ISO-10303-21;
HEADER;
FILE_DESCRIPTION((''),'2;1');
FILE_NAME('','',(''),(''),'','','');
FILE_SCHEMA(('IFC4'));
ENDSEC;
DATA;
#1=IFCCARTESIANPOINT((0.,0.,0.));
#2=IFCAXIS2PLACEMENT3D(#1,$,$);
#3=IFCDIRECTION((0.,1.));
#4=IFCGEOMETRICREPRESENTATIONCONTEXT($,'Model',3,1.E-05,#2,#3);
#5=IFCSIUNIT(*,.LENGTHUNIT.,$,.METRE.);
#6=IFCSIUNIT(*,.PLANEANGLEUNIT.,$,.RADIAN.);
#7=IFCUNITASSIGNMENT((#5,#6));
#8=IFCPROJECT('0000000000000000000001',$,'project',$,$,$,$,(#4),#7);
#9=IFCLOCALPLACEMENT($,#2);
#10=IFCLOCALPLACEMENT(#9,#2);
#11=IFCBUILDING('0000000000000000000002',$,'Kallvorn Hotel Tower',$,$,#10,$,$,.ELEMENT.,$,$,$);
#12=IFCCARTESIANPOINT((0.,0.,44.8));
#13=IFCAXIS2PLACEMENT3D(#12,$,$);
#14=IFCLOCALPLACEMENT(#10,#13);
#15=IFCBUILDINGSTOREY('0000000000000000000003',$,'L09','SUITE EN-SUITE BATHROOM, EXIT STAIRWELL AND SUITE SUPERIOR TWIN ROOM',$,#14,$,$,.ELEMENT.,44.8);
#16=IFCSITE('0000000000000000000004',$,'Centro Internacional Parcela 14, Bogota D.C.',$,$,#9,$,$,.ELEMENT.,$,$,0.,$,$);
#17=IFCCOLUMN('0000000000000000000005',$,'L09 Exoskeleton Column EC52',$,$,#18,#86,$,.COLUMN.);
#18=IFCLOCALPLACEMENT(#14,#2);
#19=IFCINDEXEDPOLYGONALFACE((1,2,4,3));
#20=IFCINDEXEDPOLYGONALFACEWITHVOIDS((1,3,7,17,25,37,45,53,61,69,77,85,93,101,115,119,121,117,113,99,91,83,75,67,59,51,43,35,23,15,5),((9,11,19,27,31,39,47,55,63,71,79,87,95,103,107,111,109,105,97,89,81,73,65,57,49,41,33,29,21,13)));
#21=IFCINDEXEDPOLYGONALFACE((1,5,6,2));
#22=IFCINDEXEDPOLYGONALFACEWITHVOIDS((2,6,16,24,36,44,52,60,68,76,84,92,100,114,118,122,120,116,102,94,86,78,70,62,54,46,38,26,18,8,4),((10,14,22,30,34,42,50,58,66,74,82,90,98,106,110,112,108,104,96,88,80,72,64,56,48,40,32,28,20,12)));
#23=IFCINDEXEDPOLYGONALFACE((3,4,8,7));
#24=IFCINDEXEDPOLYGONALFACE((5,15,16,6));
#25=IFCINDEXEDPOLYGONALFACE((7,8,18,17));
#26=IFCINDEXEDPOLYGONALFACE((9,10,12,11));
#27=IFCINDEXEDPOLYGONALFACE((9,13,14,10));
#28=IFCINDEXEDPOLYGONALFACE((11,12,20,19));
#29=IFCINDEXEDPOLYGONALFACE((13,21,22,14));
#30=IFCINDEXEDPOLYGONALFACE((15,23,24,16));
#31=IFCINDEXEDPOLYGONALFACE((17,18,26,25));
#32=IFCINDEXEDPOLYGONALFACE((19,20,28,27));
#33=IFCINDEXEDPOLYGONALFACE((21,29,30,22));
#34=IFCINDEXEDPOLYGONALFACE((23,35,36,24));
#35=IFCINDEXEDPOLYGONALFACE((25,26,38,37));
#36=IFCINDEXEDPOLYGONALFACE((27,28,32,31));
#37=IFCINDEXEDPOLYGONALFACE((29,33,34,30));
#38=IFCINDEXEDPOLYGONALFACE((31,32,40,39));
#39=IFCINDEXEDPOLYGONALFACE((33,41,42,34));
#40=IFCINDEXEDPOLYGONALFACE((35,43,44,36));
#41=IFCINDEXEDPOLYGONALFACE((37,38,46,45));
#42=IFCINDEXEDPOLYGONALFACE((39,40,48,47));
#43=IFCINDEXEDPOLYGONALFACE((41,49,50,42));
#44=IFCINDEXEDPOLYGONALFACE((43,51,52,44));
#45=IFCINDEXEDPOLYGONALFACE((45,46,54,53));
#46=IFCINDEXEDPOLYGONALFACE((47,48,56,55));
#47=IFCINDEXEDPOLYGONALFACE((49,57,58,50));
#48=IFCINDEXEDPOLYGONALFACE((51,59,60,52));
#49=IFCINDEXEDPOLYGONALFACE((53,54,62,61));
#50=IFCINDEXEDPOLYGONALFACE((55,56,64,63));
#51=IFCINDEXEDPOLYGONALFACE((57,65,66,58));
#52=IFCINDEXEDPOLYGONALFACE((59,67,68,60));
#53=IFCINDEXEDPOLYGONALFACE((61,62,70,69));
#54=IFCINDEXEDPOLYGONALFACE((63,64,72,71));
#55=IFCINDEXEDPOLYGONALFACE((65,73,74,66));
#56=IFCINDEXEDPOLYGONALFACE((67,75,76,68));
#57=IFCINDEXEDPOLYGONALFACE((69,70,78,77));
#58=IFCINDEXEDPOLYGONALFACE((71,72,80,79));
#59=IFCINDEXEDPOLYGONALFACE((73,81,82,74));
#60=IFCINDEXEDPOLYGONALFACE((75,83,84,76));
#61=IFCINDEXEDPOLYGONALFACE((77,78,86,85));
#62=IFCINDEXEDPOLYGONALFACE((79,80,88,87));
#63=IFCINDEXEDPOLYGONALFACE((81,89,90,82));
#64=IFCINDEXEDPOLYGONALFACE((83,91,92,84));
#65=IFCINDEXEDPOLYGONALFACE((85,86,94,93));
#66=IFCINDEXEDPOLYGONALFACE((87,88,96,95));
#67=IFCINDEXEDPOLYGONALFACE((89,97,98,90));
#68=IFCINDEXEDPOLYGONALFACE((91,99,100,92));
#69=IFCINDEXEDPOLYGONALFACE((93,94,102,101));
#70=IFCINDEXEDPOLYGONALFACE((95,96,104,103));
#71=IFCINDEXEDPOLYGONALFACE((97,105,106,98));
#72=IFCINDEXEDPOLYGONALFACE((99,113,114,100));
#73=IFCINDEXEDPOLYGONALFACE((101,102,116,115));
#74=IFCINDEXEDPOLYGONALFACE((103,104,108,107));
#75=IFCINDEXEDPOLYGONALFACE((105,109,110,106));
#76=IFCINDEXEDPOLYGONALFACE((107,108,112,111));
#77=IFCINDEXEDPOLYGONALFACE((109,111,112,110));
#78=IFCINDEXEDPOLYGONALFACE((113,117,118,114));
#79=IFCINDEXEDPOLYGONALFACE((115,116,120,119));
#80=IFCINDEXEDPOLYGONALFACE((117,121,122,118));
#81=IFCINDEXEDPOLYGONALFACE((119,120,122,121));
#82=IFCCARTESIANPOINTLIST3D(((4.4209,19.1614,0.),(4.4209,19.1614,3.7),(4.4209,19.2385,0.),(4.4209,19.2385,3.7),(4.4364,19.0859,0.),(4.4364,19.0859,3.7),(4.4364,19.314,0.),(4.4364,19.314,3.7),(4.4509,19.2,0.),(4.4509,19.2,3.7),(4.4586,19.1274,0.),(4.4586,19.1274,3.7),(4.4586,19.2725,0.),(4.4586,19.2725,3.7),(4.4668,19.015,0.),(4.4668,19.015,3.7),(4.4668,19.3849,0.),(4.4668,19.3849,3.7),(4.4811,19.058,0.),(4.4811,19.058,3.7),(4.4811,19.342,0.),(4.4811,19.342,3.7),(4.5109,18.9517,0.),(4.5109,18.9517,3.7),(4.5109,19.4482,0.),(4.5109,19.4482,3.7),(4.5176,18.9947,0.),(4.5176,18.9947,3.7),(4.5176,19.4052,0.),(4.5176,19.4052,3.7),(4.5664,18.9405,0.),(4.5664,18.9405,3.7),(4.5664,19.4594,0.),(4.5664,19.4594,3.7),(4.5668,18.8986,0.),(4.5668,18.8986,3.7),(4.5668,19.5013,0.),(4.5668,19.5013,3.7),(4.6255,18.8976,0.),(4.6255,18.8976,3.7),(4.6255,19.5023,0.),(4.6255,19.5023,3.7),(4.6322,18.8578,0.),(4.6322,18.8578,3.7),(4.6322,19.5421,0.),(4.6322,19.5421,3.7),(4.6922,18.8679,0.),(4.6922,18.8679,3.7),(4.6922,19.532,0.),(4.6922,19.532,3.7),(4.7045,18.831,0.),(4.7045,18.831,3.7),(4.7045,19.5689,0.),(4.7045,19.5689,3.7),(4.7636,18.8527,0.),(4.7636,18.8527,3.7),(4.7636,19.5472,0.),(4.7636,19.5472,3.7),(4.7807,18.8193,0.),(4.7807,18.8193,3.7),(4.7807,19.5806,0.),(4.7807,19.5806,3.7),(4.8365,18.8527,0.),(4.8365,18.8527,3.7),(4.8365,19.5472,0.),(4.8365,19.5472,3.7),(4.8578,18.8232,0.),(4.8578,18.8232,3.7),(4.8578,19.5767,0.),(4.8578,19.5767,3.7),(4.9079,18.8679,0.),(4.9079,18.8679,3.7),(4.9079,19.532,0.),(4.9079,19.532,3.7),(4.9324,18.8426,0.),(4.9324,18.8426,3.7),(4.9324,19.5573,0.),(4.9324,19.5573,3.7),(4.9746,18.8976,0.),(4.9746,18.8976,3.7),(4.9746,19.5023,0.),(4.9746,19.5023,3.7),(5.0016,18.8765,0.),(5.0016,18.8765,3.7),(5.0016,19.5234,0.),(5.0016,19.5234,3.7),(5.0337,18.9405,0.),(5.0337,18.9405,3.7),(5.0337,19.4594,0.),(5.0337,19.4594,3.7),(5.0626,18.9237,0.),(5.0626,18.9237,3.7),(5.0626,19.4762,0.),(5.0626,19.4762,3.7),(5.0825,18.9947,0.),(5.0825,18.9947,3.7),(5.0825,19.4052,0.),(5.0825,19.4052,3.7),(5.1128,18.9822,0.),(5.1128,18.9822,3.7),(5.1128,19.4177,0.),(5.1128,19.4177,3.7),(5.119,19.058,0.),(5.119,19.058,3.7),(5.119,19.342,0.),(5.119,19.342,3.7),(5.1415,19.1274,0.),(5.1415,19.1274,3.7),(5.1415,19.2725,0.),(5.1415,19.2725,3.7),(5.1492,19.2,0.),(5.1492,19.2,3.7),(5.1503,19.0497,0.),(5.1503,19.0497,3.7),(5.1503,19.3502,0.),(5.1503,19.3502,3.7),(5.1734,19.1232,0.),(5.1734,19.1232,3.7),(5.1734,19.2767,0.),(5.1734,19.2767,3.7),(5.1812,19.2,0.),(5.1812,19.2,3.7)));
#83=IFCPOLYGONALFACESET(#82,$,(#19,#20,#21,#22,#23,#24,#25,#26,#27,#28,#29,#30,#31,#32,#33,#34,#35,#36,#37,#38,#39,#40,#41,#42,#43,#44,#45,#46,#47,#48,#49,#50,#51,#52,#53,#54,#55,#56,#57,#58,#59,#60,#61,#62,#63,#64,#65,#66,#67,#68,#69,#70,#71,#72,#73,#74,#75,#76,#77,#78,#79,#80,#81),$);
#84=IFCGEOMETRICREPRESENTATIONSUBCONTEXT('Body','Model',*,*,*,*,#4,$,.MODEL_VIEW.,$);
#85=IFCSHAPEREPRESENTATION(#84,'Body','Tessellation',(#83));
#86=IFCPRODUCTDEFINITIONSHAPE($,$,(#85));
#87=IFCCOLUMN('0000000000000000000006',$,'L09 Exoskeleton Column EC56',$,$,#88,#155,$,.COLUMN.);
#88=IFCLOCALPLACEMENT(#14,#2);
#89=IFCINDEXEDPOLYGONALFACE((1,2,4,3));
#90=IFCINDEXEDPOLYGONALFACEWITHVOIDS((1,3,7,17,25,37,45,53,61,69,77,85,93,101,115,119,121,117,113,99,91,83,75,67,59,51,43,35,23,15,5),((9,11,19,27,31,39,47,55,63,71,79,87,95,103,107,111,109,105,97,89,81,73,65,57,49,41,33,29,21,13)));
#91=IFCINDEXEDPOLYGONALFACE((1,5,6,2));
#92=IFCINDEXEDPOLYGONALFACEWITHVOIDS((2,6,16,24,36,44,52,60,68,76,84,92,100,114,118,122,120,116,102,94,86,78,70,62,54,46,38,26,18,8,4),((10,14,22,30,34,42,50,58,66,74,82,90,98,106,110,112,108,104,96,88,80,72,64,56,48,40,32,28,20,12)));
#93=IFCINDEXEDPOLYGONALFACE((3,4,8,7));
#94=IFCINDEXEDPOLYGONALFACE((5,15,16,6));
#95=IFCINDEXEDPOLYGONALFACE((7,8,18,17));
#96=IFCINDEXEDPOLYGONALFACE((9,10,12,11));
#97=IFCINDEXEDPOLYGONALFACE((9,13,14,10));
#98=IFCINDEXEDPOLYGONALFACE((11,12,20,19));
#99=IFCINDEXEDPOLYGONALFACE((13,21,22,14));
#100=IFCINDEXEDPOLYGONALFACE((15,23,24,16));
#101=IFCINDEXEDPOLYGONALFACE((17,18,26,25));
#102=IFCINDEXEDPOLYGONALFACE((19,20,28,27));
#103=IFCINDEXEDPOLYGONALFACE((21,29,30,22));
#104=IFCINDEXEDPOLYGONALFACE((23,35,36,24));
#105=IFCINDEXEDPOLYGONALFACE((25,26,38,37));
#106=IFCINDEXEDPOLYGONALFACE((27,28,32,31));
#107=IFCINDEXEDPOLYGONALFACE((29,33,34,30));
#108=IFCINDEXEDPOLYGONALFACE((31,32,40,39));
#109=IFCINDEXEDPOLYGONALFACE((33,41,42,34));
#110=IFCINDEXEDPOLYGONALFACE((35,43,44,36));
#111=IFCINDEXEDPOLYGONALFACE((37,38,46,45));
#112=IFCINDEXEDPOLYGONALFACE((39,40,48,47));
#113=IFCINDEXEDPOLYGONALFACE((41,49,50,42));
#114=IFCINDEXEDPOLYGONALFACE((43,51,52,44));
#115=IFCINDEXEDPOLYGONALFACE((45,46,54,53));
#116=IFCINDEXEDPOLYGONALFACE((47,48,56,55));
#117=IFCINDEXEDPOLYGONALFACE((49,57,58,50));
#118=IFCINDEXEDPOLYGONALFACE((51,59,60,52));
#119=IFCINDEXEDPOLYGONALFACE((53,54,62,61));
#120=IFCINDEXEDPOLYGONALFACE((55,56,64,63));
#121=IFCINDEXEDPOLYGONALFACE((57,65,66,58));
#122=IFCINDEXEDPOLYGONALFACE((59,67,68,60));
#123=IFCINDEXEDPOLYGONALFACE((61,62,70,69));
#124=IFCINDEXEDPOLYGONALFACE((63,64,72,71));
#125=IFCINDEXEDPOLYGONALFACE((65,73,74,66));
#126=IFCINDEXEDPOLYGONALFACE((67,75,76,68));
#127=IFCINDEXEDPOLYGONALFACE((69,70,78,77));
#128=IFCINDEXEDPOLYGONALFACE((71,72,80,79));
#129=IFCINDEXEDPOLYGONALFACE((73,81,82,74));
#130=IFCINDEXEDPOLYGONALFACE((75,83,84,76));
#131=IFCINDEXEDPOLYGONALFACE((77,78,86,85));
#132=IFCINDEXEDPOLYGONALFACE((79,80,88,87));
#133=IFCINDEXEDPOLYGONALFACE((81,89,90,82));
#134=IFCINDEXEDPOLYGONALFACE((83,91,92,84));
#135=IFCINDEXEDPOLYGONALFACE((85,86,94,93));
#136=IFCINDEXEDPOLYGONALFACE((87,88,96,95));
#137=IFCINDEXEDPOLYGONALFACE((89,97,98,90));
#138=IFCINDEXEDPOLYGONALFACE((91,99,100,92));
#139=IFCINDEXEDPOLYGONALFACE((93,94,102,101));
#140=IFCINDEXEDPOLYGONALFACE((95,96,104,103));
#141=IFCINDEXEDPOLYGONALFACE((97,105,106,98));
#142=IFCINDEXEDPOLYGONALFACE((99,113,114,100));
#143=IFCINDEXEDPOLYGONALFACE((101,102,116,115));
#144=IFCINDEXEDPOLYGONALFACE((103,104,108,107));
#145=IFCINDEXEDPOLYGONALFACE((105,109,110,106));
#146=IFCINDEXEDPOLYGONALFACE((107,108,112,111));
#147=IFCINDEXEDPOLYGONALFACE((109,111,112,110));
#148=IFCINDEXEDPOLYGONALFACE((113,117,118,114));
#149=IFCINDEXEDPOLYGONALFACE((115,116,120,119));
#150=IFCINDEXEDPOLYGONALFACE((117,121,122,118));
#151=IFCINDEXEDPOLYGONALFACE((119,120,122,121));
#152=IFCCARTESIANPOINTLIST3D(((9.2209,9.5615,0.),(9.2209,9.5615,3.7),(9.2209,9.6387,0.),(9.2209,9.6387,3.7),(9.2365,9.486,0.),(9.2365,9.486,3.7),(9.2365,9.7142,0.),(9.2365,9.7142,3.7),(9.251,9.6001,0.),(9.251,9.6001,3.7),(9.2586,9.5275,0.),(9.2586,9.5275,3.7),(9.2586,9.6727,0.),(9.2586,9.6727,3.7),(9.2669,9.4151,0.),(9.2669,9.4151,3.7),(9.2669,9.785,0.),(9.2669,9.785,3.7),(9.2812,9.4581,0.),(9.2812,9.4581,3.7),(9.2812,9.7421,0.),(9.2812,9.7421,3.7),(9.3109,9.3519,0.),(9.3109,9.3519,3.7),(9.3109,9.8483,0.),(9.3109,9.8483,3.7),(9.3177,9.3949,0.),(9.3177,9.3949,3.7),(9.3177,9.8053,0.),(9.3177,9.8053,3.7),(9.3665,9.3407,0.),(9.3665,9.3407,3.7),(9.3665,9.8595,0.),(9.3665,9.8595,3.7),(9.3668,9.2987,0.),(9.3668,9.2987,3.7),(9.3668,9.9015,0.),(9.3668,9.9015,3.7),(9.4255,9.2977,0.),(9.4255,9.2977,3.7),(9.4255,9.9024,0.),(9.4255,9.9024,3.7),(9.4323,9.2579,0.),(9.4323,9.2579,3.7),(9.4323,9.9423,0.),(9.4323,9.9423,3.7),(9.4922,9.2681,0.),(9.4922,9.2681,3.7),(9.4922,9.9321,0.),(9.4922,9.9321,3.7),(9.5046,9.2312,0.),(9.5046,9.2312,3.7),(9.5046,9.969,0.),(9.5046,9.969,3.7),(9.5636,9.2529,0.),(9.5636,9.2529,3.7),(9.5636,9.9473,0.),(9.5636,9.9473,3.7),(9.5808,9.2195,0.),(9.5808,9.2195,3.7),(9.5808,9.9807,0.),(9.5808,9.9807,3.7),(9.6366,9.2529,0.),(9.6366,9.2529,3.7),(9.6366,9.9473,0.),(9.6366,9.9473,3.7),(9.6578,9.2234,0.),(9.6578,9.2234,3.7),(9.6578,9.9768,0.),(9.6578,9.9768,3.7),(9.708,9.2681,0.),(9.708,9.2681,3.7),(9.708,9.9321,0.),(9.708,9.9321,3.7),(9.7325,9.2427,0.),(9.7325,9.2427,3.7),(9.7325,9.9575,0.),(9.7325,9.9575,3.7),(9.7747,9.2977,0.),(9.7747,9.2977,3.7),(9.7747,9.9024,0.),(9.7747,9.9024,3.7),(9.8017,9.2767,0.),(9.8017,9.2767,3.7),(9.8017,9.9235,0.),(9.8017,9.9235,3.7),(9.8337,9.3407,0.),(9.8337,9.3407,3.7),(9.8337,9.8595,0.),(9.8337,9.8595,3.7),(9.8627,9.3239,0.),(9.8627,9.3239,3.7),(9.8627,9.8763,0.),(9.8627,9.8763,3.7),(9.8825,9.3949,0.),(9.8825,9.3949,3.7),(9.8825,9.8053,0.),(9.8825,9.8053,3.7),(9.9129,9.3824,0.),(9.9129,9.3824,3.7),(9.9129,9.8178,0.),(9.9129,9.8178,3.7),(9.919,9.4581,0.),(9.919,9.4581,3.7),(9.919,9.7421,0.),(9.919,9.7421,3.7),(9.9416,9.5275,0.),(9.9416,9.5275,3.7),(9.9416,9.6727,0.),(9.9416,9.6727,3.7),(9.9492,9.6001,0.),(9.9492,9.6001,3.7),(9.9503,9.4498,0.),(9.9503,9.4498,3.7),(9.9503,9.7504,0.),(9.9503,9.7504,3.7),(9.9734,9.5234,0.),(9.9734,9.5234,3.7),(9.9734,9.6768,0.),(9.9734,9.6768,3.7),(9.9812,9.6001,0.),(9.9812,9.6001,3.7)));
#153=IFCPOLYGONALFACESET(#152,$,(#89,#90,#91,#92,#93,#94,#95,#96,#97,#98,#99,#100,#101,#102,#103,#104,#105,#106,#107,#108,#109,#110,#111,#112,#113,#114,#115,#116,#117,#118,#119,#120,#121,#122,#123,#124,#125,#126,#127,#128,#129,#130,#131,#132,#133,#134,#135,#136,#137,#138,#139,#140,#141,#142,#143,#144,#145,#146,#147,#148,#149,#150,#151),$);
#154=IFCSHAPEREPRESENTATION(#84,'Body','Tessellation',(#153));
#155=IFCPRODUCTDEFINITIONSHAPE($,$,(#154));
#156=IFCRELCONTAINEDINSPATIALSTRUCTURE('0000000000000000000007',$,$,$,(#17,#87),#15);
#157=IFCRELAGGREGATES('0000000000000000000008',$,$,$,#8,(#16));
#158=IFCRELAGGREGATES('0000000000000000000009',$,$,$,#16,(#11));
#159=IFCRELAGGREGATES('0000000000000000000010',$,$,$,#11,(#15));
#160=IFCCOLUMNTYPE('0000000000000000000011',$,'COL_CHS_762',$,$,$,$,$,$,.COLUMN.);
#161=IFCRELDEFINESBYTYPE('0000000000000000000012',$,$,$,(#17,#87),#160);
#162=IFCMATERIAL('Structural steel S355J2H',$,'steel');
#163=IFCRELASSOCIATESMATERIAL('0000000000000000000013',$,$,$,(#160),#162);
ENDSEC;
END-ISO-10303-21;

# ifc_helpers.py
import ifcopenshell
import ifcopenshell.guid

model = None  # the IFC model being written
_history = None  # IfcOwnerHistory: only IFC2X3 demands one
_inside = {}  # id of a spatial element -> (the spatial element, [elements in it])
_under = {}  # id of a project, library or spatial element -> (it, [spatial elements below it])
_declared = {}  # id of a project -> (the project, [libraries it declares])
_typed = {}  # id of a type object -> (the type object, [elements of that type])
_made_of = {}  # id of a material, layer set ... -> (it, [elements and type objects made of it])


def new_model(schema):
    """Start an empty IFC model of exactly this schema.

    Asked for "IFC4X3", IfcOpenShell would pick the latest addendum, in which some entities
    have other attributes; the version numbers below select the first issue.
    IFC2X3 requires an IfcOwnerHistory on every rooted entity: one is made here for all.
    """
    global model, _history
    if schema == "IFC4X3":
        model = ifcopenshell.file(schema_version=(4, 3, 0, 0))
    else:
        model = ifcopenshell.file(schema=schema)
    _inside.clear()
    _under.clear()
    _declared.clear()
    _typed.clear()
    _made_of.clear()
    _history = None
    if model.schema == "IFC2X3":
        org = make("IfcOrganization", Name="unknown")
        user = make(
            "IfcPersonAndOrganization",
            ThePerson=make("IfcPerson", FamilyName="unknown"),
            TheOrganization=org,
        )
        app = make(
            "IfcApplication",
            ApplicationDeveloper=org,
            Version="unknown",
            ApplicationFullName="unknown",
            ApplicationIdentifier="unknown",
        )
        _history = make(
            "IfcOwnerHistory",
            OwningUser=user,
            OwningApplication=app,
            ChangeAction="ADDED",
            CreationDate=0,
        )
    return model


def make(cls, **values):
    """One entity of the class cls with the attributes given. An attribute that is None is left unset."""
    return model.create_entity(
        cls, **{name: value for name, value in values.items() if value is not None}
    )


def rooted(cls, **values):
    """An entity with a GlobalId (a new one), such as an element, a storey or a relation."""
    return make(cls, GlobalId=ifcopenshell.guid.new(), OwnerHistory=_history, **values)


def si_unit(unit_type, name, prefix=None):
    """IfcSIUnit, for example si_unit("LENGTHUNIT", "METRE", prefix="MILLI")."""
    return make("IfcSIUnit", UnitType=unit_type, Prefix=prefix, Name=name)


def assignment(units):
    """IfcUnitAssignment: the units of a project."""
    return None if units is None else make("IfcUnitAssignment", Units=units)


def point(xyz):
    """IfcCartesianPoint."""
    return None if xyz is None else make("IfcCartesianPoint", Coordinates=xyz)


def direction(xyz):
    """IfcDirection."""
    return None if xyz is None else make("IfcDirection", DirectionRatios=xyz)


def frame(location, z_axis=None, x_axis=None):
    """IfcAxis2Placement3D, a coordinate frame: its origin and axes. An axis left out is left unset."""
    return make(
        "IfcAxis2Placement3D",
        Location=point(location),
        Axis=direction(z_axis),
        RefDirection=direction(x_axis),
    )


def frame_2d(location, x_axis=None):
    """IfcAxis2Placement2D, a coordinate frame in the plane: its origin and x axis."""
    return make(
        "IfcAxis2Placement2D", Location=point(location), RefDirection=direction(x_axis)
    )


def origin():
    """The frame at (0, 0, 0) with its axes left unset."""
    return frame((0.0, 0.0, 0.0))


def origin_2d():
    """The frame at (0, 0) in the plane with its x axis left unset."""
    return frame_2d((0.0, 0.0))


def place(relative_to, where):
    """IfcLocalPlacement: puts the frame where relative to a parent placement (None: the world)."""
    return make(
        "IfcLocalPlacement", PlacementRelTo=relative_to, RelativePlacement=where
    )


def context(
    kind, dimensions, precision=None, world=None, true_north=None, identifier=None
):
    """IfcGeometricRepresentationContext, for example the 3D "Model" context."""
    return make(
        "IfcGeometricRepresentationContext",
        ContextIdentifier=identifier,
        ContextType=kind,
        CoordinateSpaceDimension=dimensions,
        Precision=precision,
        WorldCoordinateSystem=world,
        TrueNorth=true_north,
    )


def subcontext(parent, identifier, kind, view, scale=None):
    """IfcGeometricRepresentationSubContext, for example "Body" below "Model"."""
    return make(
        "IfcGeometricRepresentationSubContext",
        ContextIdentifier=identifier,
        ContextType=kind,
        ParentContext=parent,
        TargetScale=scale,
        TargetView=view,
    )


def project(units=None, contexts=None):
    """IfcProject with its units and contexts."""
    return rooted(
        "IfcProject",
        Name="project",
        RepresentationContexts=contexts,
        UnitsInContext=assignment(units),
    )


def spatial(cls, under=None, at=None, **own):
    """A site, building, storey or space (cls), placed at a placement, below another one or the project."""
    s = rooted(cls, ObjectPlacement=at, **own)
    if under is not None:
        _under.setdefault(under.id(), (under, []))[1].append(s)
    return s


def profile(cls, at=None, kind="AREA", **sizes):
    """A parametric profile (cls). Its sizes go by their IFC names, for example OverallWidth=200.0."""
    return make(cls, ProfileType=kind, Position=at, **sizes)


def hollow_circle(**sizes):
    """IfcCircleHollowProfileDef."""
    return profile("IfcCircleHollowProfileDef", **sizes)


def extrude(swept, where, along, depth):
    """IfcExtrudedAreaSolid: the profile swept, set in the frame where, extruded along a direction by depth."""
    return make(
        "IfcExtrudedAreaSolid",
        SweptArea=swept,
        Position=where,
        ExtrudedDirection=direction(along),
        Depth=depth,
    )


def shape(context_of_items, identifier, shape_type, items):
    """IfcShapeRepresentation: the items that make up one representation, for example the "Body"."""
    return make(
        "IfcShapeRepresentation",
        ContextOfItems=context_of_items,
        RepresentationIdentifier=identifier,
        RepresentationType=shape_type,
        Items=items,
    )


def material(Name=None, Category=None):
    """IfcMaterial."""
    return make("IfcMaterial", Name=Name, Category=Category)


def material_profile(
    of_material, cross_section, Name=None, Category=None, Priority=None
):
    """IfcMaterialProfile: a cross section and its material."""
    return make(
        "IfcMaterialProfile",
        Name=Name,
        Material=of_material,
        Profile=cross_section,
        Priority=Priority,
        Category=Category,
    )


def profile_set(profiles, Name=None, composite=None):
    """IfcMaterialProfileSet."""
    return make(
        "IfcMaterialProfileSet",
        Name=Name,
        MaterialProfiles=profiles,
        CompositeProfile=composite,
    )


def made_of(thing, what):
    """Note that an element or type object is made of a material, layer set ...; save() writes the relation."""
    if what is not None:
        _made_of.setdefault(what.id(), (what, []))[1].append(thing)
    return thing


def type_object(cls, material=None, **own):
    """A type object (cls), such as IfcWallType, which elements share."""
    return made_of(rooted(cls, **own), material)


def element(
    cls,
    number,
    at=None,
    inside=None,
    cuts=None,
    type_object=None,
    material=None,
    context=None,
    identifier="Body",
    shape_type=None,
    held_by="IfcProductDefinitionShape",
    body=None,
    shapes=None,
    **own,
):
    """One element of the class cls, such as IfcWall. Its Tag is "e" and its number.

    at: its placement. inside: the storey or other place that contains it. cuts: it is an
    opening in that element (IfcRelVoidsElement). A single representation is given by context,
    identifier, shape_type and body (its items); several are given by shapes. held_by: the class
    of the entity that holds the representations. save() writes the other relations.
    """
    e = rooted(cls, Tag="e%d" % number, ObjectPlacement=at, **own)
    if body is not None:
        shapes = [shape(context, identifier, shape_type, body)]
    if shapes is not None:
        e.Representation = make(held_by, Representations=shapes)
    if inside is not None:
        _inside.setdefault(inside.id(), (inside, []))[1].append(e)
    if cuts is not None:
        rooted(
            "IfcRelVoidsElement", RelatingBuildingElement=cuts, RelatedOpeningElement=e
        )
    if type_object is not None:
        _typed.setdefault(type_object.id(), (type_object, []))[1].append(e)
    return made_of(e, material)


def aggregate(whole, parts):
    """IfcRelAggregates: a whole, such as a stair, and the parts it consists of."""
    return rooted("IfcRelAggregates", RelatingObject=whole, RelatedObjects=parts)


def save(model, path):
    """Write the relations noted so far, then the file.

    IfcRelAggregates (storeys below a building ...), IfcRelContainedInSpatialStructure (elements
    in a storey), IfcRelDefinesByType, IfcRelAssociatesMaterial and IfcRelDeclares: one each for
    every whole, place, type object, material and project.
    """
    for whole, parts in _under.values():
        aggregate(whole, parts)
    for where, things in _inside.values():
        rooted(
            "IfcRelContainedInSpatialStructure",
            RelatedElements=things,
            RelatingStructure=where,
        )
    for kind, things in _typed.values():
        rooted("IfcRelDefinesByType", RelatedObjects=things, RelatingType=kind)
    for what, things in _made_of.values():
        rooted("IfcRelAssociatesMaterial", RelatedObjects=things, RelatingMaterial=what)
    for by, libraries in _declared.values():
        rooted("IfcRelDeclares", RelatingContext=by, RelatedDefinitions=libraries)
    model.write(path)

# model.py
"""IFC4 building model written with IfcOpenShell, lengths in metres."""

from ifc_helpers import new_model, si_unit, direction, frame, origin, origin_2d, place, context, subcontext, project, spatial, hollow_circle, extrude, material, material_profile, profile_set, type_object, element, save


model = new_model("IFC4")

# Units and contexts
model_context = context("Model", 3, precision=1e-05, world=origin(), true_north=direction((0.0, 1.0)))
body_context = subcontext(model_context, "Body", "Model", "MODEL_VIEW")
ifc_project = project(units=[si_unit("LENGTHUNIT", "METRE"), si_unit("PLANEANGLEUNIT", "RADIAN")], contexts=[model_context])

# Site, building, storey
site_placement = place(None, origin())
site = spatial("IfcSite", under=ifc_project, at=site_placement, Name="Centro Internacional Parcela 14, Bogota D.C.", CompositionType="ELEMENT", RefElevation=0.0)
building_placement = place(site_placement, origin())
building = spatial("IfcBuilding", under=site, at=building_placement, Name="Kallvorn Hotel Tower", CompositionType="ELEMENT")
storey_placement = place(building_placement, frame((0.0, 0.0, 44.8)))
storey = spatial("IfcBuildingStorey", under=building, at=storey_placement, Name="L09", Description="SUITE EN-SUITE BATHROOM, EXIT STAIRWELL AND SUITE SUPERIOR TWIN ROOM", CompositionType="ELEMENT", Elevation=44.8)

# Columns
ifc_material_1 = material(Name="Structural steel S355J2H", Category="steel")
ifc_material_profile_1 = material_profile(ifc_material_1, hollow_circle(Radius=0.3811, WallThickness=0.032, at=origin_2d()), Name="CHS 762x32")
ifc_profile_set_1 = profile_set([ifc_material_profile_1], Name="Structural steel S355J2H")
column_type_1 = type_object("IfcColumnType", Name="COL_CHS_762", PredefinedType="COLUMN", material=ifc_profile_set_1)
for number, where, z_axis, x_axis, name in (
    (1, (4.8, 19.2, 0.0), (0.0, 0.0, 1.0), (1.0, 0.0, 0.0), "L09 Exoskeleton Column EC52"),
    (2, (9.6001, 9.6001, 0.0), (0.0, 0.0, 1.0), (1.0, 0.0, 0.0), "L09 Exoskeleton Column EC56"),
):
    element("IfcColumn", number, at=place(storey_placement, frame(where, z_axis=z_axis, x_axis=x_axis)), inside=storey, type_object=column_type_1, Name=name, PredefinedType="COLUMN", context=body_context, shape_type="SweptSolid", body=[
        extrude(hollow_circle(Radius=0.3811, WallThickness=0.032, at=origin_2d()), origin(), (0.0, 0.0, 1.0), 3.7),
    ])

save(model, "model.ifc")
